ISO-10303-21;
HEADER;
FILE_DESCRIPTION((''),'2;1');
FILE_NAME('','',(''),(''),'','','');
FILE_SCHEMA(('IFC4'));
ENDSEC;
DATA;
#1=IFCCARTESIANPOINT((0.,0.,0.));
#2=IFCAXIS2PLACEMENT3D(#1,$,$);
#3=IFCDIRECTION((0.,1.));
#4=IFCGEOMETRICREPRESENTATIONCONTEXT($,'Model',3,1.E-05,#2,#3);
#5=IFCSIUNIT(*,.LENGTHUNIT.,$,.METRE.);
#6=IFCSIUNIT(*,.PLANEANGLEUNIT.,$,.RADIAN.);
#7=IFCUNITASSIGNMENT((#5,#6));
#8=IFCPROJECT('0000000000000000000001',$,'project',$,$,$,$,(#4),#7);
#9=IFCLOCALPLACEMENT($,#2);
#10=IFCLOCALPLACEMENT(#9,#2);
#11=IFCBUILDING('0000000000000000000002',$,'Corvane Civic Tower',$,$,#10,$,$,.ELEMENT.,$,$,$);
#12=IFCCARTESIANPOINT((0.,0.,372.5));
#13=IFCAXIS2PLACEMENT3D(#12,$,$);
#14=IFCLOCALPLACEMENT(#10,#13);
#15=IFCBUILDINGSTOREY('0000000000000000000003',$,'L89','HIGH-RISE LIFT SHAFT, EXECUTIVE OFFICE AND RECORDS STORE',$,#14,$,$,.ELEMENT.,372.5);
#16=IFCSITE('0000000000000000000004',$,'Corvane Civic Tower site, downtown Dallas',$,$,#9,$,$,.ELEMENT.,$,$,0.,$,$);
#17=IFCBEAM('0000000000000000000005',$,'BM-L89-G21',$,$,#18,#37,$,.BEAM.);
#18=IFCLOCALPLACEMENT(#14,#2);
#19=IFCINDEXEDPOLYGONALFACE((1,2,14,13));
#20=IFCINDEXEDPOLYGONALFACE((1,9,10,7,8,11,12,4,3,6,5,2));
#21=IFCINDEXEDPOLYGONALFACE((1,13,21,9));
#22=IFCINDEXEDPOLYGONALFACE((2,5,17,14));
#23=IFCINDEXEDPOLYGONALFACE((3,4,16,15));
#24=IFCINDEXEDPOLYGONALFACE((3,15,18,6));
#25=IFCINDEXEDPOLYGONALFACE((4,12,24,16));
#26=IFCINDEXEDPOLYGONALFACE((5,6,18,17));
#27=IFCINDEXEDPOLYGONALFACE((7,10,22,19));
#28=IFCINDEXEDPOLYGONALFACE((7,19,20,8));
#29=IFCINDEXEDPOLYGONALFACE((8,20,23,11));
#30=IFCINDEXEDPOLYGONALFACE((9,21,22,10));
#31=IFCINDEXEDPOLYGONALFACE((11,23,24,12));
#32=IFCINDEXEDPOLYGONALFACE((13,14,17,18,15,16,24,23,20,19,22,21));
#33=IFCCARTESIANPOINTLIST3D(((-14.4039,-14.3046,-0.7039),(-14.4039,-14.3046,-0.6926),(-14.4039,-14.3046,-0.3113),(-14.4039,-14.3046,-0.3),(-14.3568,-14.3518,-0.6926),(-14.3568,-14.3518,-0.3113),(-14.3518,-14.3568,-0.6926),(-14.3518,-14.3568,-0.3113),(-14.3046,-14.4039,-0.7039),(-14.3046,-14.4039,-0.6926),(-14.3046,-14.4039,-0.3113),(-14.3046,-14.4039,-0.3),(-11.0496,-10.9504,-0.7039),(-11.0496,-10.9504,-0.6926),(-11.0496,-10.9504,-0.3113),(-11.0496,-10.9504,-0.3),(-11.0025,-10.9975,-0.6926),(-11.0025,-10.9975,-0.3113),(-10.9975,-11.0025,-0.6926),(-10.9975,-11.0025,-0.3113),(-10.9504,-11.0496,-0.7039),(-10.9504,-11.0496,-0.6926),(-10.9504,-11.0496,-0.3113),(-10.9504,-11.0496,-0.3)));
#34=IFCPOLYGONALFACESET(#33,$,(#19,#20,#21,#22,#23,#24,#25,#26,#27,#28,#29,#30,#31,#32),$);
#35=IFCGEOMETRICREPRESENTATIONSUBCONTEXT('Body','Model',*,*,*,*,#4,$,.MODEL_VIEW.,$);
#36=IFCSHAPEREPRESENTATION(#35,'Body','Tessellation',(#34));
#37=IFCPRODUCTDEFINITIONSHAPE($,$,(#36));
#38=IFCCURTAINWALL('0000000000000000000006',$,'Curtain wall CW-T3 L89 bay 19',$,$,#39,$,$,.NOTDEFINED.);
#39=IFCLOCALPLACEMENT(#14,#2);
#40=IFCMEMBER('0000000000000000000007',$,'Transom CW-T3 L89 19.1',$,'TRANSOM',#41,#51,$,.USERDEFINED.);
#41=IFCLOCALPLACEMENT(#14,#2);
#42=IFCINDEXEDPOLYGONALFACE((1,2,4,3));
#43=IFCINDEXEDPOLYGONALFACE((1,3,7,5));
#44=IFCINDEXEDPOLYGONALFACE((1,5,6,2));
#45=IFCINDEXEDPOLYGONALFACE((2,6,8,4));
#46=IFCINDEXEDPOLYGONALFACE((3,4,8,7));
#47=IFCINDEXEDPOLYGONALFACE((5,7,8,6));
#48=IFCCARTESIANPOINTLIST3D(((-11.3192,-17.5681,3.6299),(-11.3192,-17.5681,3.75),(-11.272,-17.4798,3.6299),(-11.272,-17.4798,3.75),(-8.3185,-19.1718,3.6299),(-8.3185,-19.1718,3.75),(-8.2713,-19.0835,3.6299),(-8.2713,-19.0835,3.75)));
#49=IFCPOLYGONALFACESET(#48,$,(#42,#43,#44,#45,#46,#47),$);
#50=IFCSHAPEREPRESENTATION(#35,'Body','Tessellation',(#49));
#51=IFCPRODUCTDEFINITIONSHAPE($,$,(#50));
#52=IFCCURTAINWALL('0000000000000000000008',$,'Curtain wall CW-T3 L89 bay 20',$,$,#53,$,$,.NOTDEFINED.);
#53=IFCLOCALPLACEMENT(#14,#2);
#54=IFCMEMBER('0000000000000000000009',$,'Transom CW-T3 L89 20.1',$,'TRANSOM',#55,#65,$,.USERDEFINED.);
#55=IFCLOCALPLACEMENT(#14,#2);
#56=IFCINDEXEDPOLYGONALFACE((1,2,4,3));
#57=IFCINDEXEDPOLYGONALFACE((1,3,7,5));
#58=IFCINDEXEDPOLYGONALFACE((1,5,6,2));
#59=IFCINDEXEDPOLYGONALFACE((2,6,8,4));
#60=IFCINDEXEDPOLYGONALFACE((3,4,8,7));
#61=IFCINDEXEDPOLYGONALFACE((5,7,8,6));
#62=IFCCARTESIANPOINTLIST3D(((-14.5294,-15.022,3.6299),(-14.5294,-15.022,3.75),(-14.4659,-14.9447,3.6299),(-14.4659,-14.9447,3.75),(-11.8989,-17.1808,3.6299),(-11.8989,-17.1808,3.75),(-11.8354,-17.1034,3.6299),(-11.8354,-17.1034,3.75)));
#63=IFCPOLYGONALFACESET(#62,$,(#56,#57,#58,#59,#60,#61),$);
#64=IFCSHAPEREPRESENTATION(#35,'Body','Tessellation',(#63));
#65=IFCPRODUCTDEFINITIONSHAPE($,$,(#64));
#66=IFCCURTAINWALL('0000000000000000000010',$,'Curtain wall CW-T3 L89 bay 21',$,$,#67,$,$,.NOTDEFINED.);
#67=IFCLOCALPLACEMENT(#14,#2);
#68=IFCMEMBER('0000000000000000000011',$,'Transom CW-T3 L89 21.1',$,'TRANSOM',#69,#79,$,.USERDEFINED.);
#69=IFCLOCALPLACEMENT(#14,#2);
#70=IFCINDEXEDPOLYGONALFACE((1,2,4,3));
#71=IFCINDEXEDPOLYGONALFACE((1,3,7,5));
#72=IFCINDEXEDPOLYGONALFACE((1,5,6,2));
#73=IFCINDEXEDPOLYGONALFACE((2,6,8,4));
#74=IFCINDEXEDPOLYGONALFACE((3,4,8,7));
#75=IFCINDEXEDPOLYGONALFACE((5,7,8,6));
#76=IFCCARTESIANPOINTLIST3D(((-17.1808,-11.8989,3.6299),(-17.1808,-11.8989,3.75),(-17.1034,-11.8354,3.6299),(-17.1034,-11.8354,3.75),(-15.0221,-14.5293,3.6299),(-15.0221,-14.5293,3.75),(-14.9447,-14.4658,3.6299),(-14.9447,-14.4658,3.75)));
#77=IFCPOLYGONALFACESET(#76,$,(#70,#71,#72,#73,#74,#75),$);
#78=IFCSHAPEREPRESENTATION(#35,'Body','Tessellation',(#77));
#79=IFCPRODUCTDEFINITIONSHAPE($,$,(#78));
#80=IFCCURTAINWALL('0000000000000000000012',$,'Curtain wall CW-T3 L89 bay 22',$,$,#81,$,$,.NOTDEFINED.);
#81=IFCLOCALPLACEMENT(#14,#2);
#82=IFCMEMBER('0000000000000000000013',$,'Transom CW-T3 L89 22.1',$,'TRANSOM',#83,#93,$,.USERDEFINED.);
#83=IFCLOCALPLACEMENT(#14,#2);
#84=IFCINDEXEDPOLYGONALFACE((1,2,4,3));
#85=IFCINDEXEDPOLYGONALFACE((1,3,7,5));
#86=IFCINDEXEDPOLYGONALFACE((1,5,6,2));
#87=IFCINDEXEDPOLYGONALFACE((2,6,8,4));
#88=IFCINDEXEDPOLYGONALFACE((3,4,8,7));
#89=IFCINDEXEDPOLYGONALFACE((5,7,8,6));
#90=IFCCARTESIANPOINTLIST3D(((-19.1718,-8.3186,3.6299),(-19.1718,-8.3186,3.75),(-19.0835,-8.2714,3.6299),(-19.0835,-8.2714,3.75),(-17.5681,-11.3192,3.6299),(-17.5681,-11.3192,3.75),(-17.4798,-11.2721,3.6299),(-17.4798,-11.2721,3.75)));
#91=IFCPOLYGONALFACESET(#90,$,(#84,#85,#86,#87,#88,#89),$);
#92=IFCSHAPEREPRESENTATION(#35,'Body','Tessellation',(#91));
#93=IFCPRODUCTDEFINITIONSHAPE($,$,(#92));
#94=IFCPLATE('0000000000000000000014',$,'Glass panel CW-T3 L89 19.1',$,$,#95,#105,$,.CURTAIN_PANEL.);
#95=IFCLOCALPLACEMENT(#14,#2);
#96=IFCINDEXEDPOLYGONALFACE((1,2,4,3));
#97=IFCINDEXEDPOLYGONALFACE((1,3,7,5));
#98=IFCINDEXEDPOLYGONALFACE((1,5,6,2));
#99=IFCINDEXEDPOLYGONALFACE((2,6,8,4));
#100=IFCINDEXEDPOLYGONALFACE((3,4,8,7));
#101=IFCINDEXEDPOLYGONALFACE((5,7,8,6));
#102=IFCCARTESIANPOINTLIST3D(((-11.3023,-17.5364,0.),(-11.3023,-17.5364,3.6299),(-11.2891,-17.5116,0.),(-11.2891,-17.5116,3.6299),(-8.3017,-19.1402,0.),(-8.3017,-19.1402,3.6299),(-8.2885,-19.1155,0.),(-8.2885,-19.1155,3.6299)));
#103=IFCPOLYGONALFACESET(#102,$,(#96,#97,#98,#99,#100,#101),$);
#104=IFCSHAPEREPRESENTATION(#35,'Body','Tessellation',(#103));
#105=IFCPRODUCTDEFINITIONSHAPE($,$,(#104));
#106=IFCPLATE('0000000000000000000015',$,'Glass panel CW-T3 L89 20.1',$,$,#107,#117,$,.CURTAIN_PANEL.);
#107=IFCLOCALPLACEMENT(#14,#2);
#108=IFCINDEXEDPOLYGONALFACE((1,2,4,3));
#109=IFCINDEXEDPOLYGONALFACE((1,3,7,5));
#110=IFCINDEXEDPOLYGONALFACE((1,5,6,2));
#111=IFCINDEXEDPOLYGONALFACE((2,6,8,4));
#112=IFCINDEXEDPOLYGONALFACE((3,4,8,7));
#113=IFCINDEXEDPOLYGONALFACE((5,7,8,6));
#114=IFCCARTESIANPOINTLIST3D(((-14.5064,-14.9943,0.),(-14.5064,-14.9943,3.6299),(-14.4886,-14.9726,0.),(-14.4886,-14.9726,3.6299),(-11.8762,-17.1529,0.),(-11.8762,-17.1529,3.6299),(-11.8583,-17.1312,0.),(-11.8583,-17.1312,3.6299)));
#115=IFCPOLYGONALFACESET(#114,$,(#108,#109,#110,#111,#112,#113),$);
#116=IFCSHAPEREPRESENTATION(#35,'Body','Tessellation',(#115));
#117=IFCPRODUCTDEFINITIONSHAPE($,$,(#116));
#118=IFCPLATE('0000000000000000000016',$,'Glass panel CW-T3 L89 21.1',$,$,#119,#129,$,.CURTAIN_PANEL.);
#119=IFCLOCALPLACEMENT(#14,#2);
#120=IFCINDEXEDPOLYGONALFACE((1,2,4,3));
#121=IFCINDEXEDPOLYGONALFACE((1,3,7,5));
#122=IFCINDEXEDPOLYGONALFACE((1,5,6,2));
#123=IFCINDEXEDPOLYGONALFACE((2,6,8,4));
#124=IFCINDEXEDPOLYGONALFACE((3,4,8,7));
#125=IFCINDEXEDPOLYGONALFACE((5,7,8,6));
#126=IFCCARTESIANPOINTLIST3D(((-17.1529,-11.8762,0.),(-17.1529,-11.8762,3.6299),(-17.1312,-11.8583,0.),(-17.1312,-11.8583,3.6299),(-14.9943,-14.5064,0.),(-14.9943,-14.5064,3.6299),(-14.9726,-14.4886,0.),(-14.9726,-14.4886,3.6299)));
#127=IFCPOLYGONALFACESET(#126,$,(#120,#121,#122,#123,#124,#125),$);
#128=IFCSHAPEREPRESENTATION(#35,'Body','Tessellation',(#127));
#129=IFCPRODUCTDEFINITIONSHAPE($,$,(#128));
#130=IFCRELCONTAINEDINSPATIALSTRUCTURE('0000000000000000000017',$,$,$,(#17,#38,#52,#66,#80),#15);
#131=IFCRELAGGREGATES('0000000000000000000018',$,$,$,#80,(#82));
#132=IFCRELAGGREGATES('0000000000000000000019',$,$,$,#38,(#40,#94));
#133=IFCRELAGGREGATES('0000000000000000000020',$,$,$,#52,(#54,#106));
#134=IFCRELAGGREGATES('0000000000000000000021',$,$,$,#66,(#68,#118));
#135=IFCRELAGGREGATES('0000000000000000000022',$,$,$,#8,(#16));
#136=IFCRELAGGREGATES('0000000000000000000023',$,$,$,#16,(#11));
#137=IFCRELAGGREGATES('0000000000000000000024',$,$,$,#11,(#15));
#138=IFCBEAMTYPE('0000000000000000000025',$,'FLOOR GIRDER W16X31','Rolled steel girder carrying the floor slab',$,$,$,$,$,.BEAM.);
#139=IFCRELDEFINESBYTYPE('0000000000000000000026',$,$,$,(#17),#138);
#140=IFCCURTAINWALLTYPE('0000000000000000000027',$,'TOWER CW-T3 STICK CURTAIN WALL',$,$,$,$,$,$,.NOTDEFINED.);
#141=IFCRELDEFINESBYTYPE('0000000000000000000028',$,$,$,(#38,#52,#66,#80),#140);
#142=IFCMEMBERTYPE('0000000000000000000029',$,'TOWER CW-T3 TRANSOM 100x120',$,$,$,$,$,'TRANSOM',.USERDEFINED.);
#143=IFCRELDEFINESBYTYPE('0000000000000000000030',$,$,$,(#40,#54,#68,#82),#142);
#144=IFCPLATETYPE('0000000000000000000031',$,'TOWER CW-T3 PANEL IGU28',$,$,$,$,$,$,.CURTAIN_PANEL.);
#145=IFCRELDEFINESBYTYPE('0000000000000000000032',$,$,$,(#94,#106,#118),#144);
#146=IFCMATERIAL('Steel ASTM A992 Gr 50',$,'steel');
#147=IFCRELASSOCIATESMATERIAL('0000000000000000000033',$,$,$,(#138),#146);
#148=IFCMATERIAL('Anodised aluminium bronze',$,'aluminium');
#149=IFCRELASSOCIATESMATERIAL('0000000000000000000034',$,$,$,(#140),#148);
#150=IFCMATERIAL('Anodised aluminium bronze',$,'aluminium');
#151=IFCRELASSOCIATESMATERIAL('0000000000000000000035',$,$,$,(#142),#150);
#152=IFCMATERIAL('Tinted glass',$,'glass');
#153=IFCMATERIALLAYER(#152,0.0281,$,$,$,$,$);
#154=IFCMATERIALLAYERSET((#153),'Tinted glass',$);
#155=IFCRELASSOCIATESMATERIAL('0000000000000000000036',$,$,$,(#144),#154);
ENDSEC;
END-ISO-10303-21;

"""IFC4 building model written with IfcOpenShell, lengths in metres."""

from ifc_helpers import new_model, si_unit, direction, frame, origin, origin_2d, place, context, subcontext, project, spatial, rectangle, i_section, extrude, material, layer, layer_set, material_profile, profile_set, type_object, element, aggregate, save


model = new_model("IFC4")

# Units and contexts
model_context = context("Model", 3, precision=1e-05, world=origin(), true_north=direction((0.0, 1.0)))
body_context = subcontext(model_context, "Body", "Model", "MODEL_VIEW")
ifc_project = project(units=[si_unit("LENGTHUNIT", "METRE"), si_unit("PLANEANGLEUNIT", "RADIAN")], contexts=[model_context])

# Site, building, storey
site_placement = place(None, origin())
site = spatial("IfcSite", under=ifc_project, at=site_placement, Name="Corvane Civic Tower site, downtown Dallas", CompositionType="ELEMENT", RefElevation=0.0)
building_placement = place(site_placement, origin())
building = spatial("IfcBuilding", under=site, at=building_placement, Name="Corvane Civic Tower", CompositionType="ELEMENT")
storey_placement = place(building_placement, frame((0.0, 0.0, 372.5)))
storey = spatial("IfcBuildingStorey", under=building, at=storey_placement, Name="L89", Description="HIGH-RISE LIFT SHAFT, EXECUTIVE OFFICE AND RECORDS STORE", CompositionType="ELEMENT", Elevation=372.5)

# Beam
ifc_material_1 = material(Name="Steel ASTM A992 Gr 50", Category="steel")
ifc_material_profile_1 = material_profile(ifc_material_1, i_section(OverallWidth=0.1404, OverallDepth=0.4038, WebThickness=0.0071, FlangeThickness=0.0112, at=origin_2d()), Name="W16X31")
ifc_profile_set_1 = profile_set([ifc_material_profile_1], Name="Steel ASTM A992 Gr 50")
beam_type_1 = type_object("IfcBeamType", Name="FLOOR GIRDER W16X31", Description="Rolled steel girder carrying the floor slab", PredefinedType="BEAM", material=ifc_profile_set_1)
beam_placement = place(storey_placement, frame((-11.0, -11.0, -0.502), z_axis=(-0.707107, -0.707107, 0.0), x_axis=(0.707107, -0.707107, 0.0)))
element("IfcBeam", 1, at=beam_placement, inside=storey, type_object=beam_type_1, Name="BM-L89-G21", PredefinedType="BEAM", context=body_context, shape_type="SweptSolid", body=[
    extrude(i_section(OverallWidth=0.1404, OverallDepth=0.4038, WebThickness=0.0071, FlangeThickness=0.0112, at=origin_2d()), origin(), (0.0, 0.0, 1.0), 4.7437),
])

# Curtain walls, members
ifc_material_2 = material(Name="Anodised aluminium bronze", Category="aluminium")
curtain_wall_type = type_object("IfcCurtainWallType", Name="TOWER CW-T3 STICK CURTAIN WALL", PredefinedType="NOTDEFINED", material=ifc_material_2)
curtain_wall_1_placement = place(storey_placement, origin())
curtain_wall_1 = element("IfcCurtainWall", 2, at=curtain_wall_1_placement, inside=storey, type_object=curtain_wall_type, Name="Curtain wall CW-T3 L89 bay 19", PredefinedType="NOTDEFINED")
ifc_material_3 = material(Name="Anodised aluminium bronze", Category="aluminium")
ifc_material_profile_2 = material_profile(ifc_material_3, rectangle(XDim=0.1001, YDim=0.1201, at=origin_2d()), Name="TOWER CW-T3 TRANSOM 100x120")
ifc_profile_set_2 = profile_set([ifc_material_profile_2], Name="Anodised aluminium bronze")
member_type = type_object("IfcMemberType", Name="TOWER CW-T3 TRANSOM 100x120", ElementType="TRANSOM", PredefinedType="USERDEFINED", material=ifc_profile_set_2)
member_1_placement = place(storey_placement, frame((-8.2949, -19.1277, 3.6899), z_axis=(-0.881941, 0.471359, 0.0), x_axis=(-0.471359, -0.881941, 0.0)))
member_1 = element("IfcMember", 3, at=member_1_placement, type_object=member_type, Name="Transom CW-T3 L89 19.1", ObjectType="TRANSOM", PredefinedType="USERDEFINED", context=body_context, shape_type="SweptSolid", body=[
    extrude(rectangle(XDim=0.1001, YDim=0.1201, at=origin_2d()), origin(), (0.0, 0.0, 1.0), 3.4023),
])
curtain_wall_2_placement = place(storey_placement, origin())
curtain_wall_2 = element("IfcCurtainWall", 4, at=curtain_wall_2_placement, inside=storey, type_object=curtain_wall_type, Name="Curtain wall CW-T3 L89 bay 20", PredefinedType="NOTDEFINED")
member_2_placement = place(storey_placement, frame((-11.8672, -17.1421, 3.6899), z_axis=(-0.77301, 0.634394, 0.0), x_axis=(-0.634394, -0.77301, 0.0)))
member_2 = element("IfcMember", 5, at=member_2_placement, type_object=member_type, Name="Transom CW-T3 L89 20.1", ObjectType="TRANSOM", PredefinedType="USERDEFINED", context=body_context, shape_type="SweptSolid", body=[
    extrude(rectangle(XDim=0.1001, YDim=0.1201, at=origin_2d()), origin(), (0.0, 0.0, 1.0), 3.4028),
])
curtain_wall_3_placement = place(storey_placement, origin())
curtain_wall_3 = element("IfcCurtainWall", 6, at=curtain_wall_3_placement, inside=storey, type_object=curtain_wall_type, Name="Curtain wall CW-T3 L89 bay 21", PredefinedType="NOTDEFINED")
member_3_placement = place(storey_placement, frame((-14.9834, -14.4976, 3.6899), z_axis=(-0.634394, 0.77301, 0.0), x_axis=(-0.77301, -0.634394, 0.0)))
member_3 = element("IfcMember", 7, at=member_3_placement, type_object=member_type, Name="Transom CW-T3 L89 21.1", ObjectType="TRANSOM", PredefinedType="USERDEFINED", context=body_context, shape_type="SweptSolid", body=[
    extrude(rectangle(XDim=0.1001, YDim=0.1201, at=origin_2d()), origin(), (0.0, 0.0, 1.0), 3.4028),
])
curtain_wall_4_placement = place(storey_placement, origin())
curtain_wall_4 = element("IfcCurtainWall", 8, at=curtain_wall_4_placement, inside=storey, type_object=curtain_wall_type, Name="Curtain wall CW-T3 L89 bay 22", PredefinedType="NOTDEFINED")
member_4_placement = place(storey_placement, frame((-17.5239, -11.2957, 3.6899), z_axis=(-0.471359, 0.881941, 0.0), x_axis=(-0.881941, -0.471359, 0.0)))
member_4 = element("IfcMember", 9, at=member_4_placement, type_object=member_type, Name="Transom CW-T3 L89 22.1", ObjectType="TRANSOM", PredefinedType="USERDEFINED", context=body_context, shape_type="SweptSolid", body=[
    extrude(rectangle(XDim=0.1001, YDim=0.1201, at=origin_2d()), origin(), (0.0, 0.0, 1.0), 3.4023),
])
aggregate(curtain_wall_4, [member_4])

# Plates
ifc_material_4 = material(Name="Tinted glass", Category="glass")
ifc_layer_1 = layer(ifc_material_4, 0.0281)
ifc_layer_set_1 = layer_set([ifc_layer_1], Name="Tinted glass")
plate_type = type_object("IfcPlateType", Name="TOWER CW-T3 PANEL IGU28", PredefinedType="CURTAIN_PANEL", material=ifc_layer_set_1)
plate_1_placement = place(storey_placement, frame((-9.7954, -18.3259, 0.0), z_axis=(0.0, 0.0, 1.0), x_axis=(-0.881928, 0.471384, 0.0)))
plate_1 = element("IfcPlate", 10, at=plate_1_placement, type_object=plate_type, Name="Glass panel CW-T3 L89 19.1", PredefinedType="CURTAIN_PANEL", context=body_context, shape_type="SweptSolid", body=[
    extrude(rectangle(XDim=3.4023, YDim=0.0281, at=origin_2d()), origin(), (0.0, 0.0, 1.0), 3.6299),
])
aggregate(curtain_wall_1, [member_1, plate_1])
plate_2_placement = place(storey_placement, frame((-13.1824, -16.0627, 0.0), z_axis=(0.0, 0.0, 1.0), x_axis=(-0.77301, 0.634393, 0.0)))
plate_2 = element("IfcPlate", 11, at=plate_2_placement, type_object=plate_type, Name="Glass panel CW-T3 L89 20.1", PredefinedType="CURTAIN_PANEL", context=body_context, shape_type="SweptSolid", body=[
    extrude(rectangle(XDim=3.4026, YDim=0.0281, at=origin_2d()), origin(), (0.0, 0.0, 1.0), 3.6299),
])
aggregate(curtain_wall_2, [member_2, plate_2])
plate_3_placement = place(storey_placement, frame((-16.0627, -13.1824, 0.0), z_axis=(0.0, 0.0, 1.0), x_axis=(-0.634393, 0.77301, 0.0)))
plate_3 = element("IfcPlate", 12, at=plate_3_placement, type_object=plate_type, Name="Glass panel CW-T3 L89 21.1", PredefinedType="CURTAIN_PANEL", context=body_context, shape_type="SweptSolid", body=[
    extrude(rectangle(XDim=3.4026, YDim=0.0281, at=origin_2d()), origin(), (0.0, 0.0, 1.0), 3.6299),
])
aggregate(curtain_wall_3, [member_3, plate_3])

save(model, "model.ifc")
